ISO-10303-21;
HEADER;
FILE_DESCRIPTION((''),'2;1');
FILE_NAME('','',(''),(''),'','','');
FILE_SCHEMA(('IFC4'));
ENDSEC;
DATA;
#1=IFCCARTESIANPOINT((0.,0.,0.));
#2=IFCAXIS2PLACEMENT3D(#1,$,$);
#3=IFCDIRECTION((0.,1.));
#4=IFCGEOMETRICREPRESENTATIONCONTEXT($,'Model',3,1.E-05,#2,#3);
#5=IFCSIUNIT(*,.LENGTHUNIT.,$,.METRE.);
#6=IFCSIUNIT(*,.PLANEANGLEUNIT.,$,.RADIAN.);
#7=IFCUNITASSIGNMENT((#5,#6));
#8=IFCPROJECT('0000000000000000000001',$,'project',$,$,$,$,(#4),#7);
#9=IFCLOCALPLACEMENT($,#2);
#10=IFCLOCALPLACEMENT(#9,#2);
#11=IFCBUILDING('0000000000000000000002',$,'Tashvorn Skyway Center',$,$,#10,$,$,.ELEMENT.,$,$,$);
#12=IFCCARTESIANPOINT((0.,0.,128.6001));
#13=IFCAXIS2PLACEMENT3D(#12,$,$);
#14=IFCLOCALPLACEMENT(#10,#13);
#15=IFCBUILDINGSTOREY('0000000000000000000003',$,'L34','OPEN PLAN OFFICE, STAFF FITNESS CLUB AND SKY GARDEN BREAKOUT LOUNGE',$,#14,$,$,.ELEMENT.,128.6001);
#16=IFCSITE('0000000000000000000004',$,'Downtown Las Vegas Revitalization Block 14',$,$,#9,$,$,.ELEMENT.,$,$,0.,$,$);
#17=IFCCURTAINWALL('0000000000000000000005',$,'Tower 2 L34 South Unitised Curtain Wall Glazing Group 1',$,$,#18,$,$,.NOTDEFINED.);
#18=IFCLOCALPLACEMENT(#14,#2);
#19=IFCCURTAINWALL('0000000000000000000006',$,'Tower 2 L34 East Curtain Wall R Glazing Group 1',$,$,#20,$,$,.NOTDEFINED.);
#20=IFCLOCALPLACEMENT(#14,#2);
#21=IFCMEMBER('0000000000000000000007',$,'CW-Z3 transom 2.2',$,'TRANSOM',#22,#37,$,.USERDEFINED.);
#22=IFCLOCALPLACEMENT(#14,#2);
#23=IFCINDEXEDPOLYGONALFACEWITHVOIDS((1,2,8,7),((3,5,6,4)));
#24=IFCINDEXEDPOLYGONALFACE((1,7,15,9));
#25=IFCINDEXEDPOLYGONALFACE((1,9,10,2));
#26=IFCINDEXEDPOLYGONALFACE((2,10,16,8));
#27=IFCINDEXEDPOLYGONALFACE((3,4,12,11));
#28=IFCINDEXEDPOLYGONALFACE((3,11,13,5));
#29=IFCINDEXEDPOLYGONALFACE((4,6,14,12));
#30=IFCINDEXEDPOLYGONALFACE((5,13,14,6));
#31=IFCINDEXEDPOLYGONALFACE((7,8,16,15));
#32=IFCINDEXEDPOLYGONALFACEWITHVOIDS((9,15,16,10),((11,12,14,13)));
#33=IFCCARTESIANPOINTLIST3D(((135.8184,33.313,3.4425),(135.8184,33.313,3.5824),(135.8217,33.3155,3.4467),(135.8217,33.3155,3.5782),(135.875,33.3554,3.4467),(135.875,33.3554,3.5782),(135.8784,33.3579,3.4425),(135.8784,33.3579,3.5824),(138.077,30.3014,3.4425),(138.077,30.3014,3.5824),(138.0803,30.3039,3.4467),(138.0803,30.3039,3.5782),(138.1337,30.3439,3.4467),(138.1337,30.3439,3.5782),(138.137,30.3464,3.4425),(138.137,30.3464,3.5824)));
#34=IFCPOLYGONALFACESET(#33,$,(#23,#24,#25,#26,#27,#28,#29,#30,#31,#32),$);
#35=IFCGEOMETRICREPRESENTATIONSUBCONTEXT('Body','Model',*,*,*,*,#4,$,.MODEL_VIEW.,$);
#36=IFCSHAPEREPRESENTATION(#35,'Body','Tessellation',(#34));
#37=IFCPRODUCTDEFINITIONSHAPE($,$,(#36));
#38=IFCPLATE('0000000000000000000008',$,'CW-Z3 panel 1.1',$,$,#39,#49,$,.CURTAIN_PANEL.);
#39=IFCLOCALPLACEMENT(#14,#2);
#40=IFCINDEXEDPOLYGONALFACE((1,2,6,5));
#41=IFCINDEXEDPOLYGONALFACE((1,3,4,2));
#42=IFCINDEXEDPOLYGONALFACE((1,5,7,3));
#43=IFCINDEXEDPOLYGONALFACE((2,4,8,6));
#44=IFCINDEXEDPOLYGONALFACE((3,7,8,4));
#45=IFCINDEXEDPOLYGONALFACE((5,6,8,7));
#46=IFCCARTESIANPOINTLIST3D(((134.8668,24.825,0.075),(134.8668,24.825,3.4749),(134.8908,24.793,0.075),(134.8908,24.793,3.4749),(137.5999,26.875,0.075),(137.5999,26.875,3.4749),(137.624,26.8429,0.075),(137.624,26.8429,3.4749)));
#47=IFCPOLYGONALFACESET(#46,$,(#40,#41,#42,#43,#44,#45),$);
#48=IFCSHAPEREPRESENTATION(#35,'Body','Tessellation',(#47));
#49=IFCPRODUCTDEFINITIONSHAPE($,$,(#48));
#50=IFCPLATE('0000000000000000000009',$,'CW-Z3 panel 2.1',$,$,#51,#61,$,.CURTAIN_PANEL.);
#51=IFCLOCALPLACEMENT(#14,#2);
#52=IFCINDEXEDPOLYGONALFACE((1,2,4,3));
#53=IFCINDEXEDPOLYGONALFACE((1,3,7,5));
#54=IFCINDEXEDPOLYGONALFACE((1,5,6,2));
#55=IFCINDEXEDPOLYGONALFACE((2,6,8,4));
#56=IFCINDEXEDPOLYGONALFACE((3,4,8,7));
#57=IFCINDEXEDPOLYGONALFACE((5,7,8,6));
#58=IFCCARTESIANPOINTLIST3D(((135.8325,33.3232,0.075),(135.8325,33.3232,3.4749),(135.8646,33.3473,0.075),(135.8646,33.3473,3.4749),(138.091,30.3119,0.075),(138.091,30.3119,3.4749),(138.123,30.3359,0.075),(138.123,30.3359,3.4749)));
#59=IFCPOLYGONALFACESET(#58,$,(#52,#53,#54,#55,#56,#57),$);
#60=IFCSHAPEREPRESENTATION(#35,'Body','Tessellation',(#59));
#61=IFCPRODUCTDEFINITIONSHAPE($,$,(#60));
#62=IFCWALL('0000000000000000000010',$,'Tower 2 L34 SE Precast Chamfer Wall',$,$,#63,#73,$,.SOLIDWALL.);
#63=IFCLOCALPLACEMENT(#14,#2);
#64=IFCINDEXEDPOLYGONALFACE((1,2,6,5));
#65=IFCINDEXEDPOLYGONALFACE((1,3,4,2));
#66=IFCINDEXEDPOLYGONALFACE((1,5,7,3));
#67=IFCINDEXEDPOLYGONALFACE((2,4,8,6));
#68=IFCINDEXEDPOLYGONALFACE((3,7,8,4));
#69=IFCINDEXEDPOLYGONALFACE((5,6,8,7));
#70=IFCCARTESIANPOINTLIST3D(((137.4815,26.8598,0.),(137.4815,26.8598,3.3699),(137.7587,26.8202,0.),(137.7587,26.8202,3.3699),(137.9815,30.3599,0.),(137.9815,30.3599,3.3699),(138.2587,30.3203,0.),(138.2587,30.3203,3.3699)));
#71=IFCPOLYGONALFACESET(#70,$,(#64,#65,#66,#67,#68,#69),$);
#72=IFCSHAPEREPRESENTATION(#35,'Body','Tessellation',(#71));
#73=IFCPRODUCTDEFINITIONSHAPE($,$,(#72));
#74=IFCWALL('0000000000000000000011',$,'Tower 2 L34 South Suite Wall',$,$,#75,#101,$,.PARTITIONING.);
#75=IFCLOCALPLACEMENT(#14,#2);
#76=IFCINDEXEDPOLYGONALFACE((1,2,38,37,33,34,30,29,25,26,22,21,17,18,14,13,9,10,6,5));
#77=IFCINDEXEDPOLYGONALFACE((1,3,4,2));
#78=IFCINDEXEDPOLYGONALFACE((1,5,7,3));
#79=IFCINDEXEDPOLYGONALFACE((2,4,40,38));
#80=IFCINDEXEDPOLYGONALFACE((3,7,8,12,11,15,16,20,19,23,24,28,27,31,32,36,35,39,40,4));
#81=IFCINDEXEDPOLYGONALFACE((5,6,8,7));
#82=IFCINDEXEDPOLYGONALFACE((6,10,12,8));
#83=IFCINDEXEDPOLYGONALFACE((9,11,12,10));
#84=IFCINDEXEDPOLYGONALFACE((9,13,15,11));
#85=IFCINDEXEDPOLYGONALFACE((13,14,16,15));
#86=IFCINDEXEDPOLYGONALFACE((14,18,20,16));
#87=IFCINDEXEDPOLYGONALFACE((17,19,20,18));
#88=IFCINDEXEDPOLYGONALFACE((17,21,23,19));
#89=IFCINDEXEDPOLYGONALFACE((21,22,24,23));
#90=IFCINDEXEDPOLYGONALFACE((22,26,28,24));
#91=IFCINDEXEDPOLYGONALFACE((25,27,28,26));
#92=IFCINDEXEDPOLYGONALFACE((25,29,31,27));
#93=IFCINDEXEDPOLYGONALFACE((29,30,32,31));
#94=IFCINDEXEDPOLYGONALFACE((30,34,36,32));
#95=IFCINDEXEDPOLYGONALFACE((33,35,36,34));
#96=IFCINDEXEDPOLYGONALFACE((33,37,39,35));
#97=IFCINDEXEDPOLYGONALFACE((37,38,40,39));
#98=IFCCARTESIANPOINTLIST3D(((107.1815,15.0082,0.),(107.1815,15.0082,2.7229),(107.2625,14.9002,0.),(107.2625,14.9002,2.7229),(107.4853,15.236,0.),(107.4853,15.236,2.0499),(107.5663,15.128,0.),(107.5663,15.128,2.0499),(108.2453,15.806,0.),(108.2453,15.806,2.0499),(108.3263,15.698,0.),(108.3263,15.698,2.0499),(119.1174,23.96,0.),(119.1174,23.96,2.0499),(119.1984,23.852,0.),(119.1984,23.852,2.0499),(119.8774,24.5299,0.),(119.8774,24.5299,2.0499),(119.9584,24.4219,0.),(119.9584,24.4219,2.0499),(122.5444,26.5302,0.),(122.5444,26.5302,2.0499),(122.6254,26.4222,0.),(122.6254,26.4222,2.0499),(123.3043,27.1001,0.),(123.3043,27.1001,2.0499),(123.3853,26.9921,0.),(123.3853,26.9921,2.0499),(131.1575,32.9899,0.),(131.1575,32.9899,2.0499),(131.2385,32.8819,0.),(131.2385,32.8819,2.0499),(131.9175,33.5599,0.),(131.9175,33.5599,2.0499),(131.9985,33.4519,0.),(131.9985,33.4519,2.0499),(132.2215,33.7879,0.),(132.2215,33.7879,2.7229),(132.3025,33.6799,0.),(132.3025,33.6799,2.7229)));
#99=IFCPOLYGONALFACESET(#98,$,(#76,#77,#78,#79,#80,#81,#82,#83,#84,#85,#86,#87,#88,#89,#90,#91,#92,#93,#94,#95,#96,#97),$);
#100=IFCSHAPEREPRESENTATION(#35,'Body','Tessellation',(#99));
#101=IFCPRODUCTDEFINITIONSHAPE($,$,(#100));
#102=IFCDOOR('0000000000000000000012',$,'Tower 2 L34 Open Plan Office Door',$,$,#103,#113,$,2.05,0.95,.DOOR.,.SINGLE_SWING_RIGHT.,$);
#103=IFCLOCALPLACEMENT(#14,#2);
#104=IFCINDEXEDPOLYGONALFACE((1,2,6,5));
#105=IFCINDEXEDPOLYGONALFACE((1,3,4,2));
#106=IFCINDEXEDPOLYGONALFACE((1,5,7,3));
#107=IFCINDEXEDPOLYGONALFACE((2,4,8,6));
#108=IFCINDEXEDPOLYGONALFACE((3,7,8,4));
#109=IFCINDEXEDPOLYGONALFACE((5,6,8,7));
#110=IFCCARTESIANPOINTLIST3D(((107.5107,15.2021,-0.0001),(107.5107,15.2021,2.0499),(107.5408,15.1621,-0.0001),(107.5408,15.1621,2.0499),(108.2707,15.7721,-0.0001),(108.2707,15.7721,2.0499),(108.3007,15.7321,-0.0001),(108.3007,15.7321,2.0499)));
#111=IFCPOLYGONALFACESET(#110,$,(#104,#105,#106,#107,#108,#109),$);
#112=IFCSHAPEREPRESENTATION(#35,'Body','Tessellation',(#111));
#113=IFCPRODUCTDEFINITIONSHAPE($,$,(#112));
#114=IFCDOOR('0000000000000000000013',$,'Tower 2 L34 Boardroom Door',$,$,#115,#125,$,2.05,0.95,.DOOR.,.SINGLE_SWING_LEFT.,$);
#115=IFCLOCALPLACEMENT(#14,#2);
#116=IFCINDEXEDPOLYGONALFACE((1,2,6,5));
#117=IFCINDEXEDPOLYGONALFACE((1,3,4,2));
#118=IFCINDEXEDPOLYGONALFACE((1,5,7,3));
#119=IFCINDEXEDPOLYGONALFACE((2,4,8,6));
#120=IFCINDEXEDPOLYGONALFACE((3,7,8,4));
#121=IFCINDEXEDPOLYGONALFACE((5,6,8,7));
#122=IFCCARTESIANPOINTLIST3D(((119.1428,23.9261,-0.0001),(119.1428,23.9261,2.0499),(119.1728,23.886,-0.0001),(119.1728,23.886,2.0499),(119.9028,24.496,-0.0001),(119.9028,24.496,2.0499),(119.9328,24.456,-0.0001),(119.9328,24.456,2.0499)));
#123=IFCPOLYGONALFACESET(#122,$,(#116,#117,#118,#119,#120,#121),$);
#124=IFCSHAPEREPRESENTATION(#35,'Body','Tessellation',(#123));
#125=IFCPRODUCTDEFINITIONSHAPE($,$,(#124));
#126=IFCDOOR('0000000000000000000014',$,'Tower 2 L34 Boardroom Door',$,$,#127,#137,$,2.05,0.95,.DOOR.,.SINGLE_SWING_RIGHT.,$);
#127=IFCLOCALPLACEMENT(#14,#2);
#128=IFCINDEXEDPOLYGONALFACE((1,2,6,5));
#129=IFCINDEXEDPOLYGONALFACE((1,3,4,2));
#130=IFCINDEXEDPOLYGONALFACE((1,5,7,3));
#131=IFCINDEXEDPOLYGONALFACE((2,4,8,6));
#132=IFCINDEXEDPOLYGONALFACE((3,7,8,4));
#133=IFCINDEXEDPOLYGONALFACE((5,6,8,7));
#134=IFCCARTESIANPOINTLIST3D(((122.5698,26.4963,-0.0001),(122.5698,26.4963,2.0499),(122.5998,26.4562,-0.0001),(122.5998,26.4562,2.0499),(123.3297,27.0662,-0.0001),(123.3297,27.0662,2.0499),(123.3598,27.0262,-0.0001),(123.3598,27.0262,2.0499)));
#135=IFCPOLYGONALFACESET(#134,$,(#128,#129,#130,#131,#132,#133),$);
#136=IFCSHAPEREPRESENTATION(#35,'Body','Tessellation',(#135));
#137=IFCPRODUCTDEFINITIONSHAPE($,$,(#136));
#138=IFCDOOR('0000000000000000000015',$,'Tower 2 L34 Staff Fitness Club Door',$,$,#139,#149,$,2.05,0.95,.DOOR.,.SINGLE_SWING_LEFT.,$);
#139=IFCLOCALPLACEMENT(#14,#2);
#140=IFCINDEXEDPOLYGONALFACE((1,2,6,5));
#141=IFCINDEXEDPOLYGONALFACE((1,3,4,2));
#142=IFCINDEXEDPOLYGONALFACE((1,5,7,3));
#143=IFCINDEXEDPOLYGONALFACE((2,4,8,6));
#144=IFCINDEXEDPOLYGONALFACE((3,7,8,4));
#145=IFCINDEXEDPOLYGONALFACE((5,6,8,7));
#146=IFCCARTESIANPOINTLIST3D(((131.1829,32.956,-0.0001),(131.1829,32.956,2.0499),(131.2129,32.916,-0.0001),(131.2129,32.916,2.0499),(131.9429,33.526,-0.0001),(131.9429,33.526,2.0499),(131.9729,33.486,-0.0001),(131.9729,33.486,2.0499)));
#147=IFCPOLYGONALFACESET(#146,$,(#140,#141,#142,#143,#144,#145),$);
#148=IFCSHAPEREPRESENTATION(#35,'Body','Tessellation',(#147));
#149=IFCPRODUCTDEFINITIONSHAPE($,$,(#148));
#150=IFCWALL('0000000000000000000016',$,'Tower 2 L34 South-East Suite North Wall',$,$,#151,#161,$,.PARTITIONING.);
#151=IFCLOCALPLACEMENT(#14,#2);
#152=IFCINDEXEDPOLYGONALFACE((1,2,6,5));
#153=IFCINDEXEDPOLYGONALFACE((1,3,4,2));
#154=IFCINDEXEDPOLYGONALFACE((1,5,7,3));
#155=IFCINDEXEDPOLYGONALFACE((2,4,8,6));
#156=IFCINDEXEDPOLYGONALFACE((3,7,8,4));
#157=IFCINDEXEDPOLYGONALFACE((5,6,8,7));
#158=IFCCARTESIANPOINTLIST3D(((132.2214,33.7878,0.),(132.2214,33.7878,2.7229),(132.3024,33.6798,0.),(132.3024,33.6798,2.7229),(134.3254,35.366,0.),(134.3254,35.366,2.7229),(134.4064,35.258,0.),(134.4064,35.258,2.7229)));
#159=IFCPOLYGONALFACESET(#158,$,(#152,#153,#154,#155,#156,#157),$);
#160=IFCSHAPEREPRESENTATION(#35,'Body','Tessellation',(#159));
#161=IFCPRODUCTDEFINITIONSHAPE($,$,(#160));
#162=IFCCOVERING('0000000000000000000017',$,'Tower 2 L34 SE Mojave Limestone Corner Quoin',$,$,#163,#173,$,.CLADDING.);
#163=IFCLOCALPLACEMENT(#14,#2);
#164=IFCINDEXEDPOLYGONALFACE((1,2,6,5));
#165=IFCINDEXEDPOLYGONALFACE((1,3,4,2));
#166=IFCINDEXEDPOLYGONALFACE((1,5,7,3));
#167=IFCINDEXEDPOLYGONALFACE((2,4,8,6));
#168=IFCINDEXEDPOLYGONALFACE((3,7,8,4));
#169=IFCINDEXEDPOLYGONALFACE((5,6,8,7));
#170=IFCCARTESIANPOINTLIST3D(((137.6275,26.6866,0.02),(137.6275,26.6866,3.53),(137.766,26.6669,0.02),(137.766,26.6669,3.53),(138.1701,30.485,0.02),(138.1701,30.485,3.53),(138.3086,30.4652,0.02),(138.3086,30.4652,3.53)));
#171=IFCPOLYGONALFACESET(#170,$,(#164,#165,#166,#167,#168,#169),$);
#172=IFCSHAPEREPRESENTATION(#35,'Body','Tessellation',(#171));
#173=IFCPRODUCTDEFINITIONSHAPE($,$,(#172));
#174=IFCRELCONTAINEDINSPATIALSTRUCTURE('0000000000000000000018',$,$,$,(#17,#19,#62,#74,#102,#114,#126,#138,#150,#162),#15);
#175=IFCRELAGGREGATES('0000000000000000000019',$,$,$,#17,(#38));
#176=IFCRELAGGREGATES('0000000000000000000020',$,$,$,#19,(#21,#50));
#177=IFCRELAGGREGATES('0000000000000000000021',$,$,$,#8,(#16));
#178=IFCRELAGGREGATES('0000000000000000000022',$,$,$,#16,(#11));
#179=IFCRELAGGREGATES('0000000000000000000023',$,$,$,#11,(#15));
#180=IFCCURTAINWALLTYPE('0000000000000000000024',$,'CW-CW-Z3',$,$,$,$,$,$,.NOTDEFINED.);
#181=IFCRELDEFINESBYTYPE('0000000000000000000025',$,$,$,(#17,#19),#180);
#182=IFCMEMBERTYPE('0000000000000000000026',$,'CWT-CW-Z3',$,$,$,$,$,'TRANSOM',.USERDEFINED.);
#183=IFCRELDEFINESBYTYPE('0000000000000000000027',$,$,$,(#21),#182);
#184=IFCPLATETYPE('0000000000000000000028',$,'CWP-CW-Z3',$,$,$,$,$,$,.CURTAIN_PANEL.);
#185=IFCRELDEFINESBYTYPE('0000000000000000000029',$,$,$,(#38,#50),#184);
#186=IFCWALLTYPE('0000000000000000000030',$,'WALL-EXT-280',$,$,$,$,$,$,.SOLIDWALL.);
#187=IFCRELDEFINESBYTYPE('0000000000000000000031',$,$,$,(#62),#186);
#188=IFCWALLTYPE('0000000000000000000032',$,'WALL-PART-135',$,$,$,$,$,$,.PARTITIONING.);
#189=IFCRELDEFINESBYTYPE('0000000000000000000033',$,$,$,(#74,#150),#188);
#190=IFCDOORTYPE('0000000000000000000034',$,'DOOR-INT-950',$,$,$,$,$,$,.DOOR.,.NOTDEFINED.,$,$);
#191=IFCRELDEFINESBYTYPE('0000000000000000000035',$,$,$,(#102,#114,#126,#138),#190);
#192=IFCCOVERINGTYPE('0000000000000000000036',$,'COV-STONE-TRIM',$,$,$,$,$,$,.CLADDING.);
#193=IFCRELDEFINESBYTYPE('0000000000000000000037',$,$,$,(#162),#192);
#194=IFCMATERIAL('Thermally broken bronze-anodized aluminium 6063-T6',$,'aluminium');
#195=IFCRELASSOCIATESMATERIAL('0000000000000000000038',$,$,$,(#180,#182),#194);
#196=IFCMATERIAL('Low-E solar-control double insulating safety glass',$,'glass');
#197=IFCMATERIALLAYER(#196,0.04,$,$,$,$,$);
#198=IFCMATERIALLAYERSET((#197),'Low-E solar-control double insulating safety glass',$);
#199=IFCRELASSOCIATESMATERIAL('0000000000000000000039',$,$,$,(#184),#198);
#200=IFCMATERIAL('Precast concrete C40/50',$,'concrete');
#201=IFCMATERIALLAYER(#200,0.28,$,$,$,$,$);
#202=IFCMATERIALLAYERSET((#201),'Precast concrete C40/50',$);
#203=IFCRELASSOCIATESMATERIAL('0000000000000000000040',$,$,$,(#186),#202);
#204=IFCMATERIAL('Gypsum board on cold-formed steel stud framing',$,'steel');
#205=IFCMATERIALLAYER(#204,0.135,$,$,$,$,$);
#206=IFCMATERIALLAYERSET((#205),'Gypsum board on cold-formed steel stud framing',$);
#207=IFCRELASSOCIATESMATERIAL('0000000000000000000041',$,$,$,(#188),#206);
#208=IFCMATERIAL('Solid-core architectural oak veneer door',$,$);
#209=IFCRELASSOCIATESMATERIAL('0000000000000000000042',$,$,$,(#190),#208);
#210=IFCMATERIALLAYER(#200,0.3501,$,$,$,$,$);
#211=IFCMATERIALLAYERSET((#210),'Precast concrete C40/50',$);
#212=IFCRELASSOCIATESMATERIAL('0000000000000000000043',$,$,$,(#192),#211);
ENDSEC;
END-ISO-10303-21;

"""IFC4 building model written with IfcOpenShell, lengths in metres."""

from ifc_helpers import new_model, si_unit, direction, frame, frame_2d, origin, origin_2d, place, context, subcontext, project, spatial, rectangle, hollow_rectangle, extrude, material, layer, layer_set, material_profile, profile_set, type_object, element, fill, aggregate, save


model = new_model("IFC4")

# Units and contexts
model_context = context("Model", 3, precision=1e-05, world=origin(), true_north=direction((0.0, 1.0)))
body_context = subcontext(model_context, "Body", "Model", "MODEL_VIEW")
ifc_project = project(units=[si_unit("LENGTHUNIT", "METRE"), si_unit("PLANEANGLEUNIT", "RADIAN")], contexts=[model_context])

# Site, building, storey
site_placement = place(None, origin())
site = spatial("IfcSite", under=ifc_project, at=site_placement, Name="Downtown Las Vegas Revitalization Block 14", CompositionType="ELEMENT", RefElevation=0.0)
building_placement = place(site_placement, origin())
building = spatial("IfcBuilding", under=site, at=building_placement, Name="Tashvorn Skyway Center", CompositionType="ELEMENT")
storey_placement = place(building_placement, frame((0.0, 0.0, 128.6001)))
storey = spatial("IfcBuildingStorey", under=building, at=storey_placement, Name="L34", Description="OPEN PLAN OFFICE, STAFF FITNESS CLUB AND SKY GARDEN BREAKOUT LOUNGE", CompositionType="ELEMENT", Elevation=128.6001)

# Curtain wall
ifc_material_1 = material(Name="Thermally broken bronze-anodized aluminium 6063-T6", Category="aluminium")
curtain_wall_type = type_object("IfcCurtainWallType", Name="CW-CW-Z3", PredefinedType="NOTDEFINED", material=ifc_material_1)
curtain_wall_1_placement = place(storey_placement, origin())
curtain_wall_1 = element("IfcCurtainWall", 1, at=curtain_wall_1_placement, inside=storey, type_object=curtain_wall_type, Name="Tower 2 L34 South Unitised Curtain Wall Glazing Group 1", PredefinedType="NOTDEFINED")

# Curtain wall
curtain_wall_2_placement = place(storey_placement, origin())
curtain_wall_2 = element("IfcCurtainWall", 2, at=curtain_wall_2_placement, inside=storey, type_object=curtain_wall_type, Name="Tower 2 L34 East Curtain Wall R Glazing Group 1", PredefinedType="NOTDEFINED")

# Member
ifc_material_profile_1 = material_profile(ifc_material_1, hollow_rectangle(XDim=0.075, YDim=0.1399, WallThickness=0.0042, at=origin_2d()), Name="ALU-TRAN-75x140")
ifc_profile_set_1 = profile_set([ifc_material_profile_1], Name="Thermally broken bronze-anodized aluminium 6063-T6")
member_type_1 = type_object("IfcMemberType", Name="CWT-CW-Z3", ElementType="TRANSOM", PredefinedType="USERDEFINED", material=ifc_profile_set_1)
member_1_placement = place(storey_placement, frame((135.8484, 33.3354, 3.5125), z_axis=(0.59999, -0.800008, 0.0), x_axis=(0.800008, 0.59999, 0.0)))
member_1 = element("IfcMember", 3, at=member_1_placement, type_object=member_type_1, Name="CW-Z3 transom 2.2", ObjectType="TRANSOM", PredefinedType="USERDEFINED", context=body_context, shape_type="SweptSolid", body=[
    extrude(hollow_rectangle(XDim=0.075, YDim=0.1399, WallThickness=0.0042, at=origin_2d()), origin(), (0.0, 0.0, 1.0), 3.7644),
])

# Plates
ifc_material_2 = material(Name="Low-E solar-control double insulating safety glass", Category="glass")
ifc_layer_1 = layer(ifc_material_2, 0.04)
ifc_layer_set_1 = layer_set([ifc_layer_1], Name="Low-E solar-control double insulating safety glass")
plate_type = type_object("IfcPlateType", Name="CWP-CW-Z3", PredefinedType="CURTAIN_PANEL", material=ifc_layer_set_1)
plate_1_placement = place(storey_placement, frame((136.2454, 25.834, 0.075), z_axis=(0.0, 0.0, 1.0), x_axis=(-0.799997, -0.600005, 0.0)))
plate_1 = element("IfcPlate", 4, at=plate_1_placement, type_object=plate_type, Name="CW-Z3 panel 1.1", PredefinedType="CURTAIN_PANEL", context=body_context, shape_type="SweptSolid", body=[
    extrude(rectangle(XDim=3.4165, YDim=0.04, at=origin_2d()), origin(), (0.0, 0.0, 1.0), 3.3999),
])
aggregate(curtain_wall_1, [plate_1])
plate_2_placement = place(storey_placement, frame((136.9778, 31.8296, 0.075), z_axis=(0.0, 0.0, 1.0), x_axis=(0.599998, -0.800002, 0.0)))
plate_2 = element("IfcPlate", 5, at=plate_2_placement, type_object=plate_type, Name="CW-Z3 panel 2.1", PredefinedType="CURTAIN_PANEL", context=body_context, shape_type="SweptSolid", body=[
    extrude(rectangle(XDim=3.7642, YDim=0.04, at=origin_2d()), origin(), (0.0, 0.0, 1.0), 3.3999),
])
aggregate(curtain_wall_2, [member_1, plate_2])

# Wall
ifc_material_3 = material(Name="Precast concrete C40/50", Category="concrete")
ifc_layer_2 = layer(ifc_material_3, 0.28)
ifc_layer_set_2 = layer_set([ifc_layer_2], Name="Precast concrete C40/50")
wall_type_1 = type_object("IfcWallType", Name="WALL-EXT-280", PredefinedType="SOLIDWALL", material=ifc_layer_set_2)
wall_1_placement = place(storey_placement, frame((138.1201, 30.3401, 0.0), z_axis=(0.0, 0.0, 1.0), x_axis=(-0.141421, -0.989949, 0.0)))
element("IfcWall", 6, at=wall_1_placement, inside=storey, type_object=wall_type_1, Name="Tower 2 L34 SE Precast Chamfer Wall", PredefinedType="SOLIDWALL", context=body_context, shape_type="SweptSolid", body=[
    extrude(rectangle(XDim=3.5356, YDim=0.28, at=frame_2d((1.7678, 0.0))), origin(), (0.0, 0.0, 1.0), 3.3699),
])

# Wall, openings, doors
ifc_material_4 = material(Name="Gypsum board on cold-formed steel stud framing", Category="steel")
ifc_layer_3 = layer(ifc_material_4, 0.135)
ifc_layer_set_3 = layer_set([ifc_layer_3], Name="Gypsum board on cold-formed steel stud framing")
wall_type_2 = type_object("IfcWallType", Name="WALL-PART-135", PredefinedType="PARTITIONING", material=ifc_layer_set_3)
wall_2_placement = place(storey_placement, frame((132.262, 33.7339, 0.0), z_axis=(0.0, 0.0, 1.0), x_axis=(-0.800004, -0.599995, 0.0)))
wall_2 = element("IfcWall", 7, at=wall_2_placement, inside=storey, type_object=wall_type_2, Name="Tower 2 L34 South Suite Wall", PredefinedType="PARTITIONING", context=body_context, shape_type="SweptSolid", body=[
    extrude(rectangle(XDim=31.2998, YDim=0.135, at=frame_2d((15.6499, 0.0))), origin(), (0.0, 0.0, 1.0), 2.7229),
])
opening_1_placement = place(wall_2_placement, frame((29.97, 0.0, 0.0)))
opening_1 = element("IfcOpeningElement", 8, at=opening_1_placement, cuts=wall_2, PredefinedType="OPENING", context=body_context, shape_type="SweptSolid", body=[
    extrude(rectangle(XDim=0.95, YDim=2.05, at=frame_2d((0.4751, 1.0249))), frame((0.0, 0.0774, 0.0), z_axis=(0.0, -1.0, 0.0), x_axis=(1.0, 0.0, 0.0)), (0.0, 0.0, 1.0), 0.155),
])
opening_2_placement = place(wall_2_placement, frame((15.4299, 0.0, 0.0)))
opening_2 = element("IfcOpeningElement", 9, at=opening_2_placement, cuts=wall_2, PredefinedType="OPENING", context=body_context, shape_type="SweptSolid", body=[
    extrude(rectangle(XDim=0.95, YDim=2.05, at=frame_2d((0.4751, 1.0249))), frame((0.0, 0.0774, 0.0), z_axis=(0.0, -1.0, 0.0), x_axis=(1.0, 0.0, 0.0)), (0.0, 0.0, 1.0), 0.155),
])
opening_3_placement = place(wall_2_placement, frame((11.1462, 0.0, 0.0)))
opening_3 = element("IfcOpeningElement", 10, at=opening_3_placement, cuts=wall_2, PredefinedType="OPENING", context=body_context, shape_type="SweptSolid", body=[
    extrude(rectangle(XDim=0.95, YDim=2.05, at=frame_2d((0.4751, 1.0249))), frame((0.0, 0.0774, 0.0), z_axis=(0.0, -1.0, 0.0), x_axis=(1.0, 0.0, 0.0)), (0.0, 0.0, 1.0), 0.155),
])
opening_4_placement = place(wall_2_placement, frame((0.3799, 0.0, 0.0)))
opening_4 = element("IfcOpeningElement", 11, at=opening_4_placement, cuts=wall_2, PredefinedType="OPENING", context=body_context, shape_type="SweptSolid", body=[
    extrude(rectangle(XDim=0.95, YDim=2.05, at=frame_2d((0.4751, 1.0249))), frame((0.0, 0.0774, 0.0), z_axis=(0.0, -1.0, 0.0), x_axis=(1.0, 0.0, 0.0)), (0.0, 0.0, 1.0), 0.155),
])
ifc_material_5 = material(Name="Solid-core architectural oak veneer door")
door_type = type_object("IfcDoorType", Name="DOOR-INT-950", OperationType="NOTDEFINED", PredefinedType="DOOR", material=ifc_material_5)
door_1_placement = place(opening_1_placement, origin())
door_1 = element("IfcDoor", 12, at=door_1_placement, inside=storey, type_object=door_type, Name="Tower 2 L34 Open Plan Office Door", OperationType="SINGLE_SWING_RIGHT", OverallHeight=2.05, OverallWidth=0.95, PredefinedType="DOOR", context=body_context, shape_type="SweptSolid", body=[
    extrude(rectangle(XDim=0.95, YDim=2.05, at=frame_2d((0.4751, 1.0249))), frame((0.0, 0.0249, 0.0), z_axis=(0.0, -1.0, 0.0), x_axis=(1.0, 0.0, 0.0)), (0.0, 0.0, 1.0), 0.05),
])
fill(opening_1, door_1)
door_2_placement = place(opening_2_placement, origin())
door_2 = element("IfcDoor", 13, at=door_2_placement, inside=storey, type_object=door_type, Name="Tower 2 L34 Boardroom Door", OperationType="SINGLE_SWING_LEFT", OverallHeight=2.05, OverallWidth=0.95, PredefinedType="DOOR", context=body_context, shape_type="SweptSolid", body=[
    extrude(rectangle(XDim=0.95, YDim=2.05, at=frame_2d((0.4751, 1.0249))), frame((0.0, 0.0249, 0.0), z_axis=(0.0, -1.0, 0.0), x_axis=(1.0, 0.0, 0.0)), (0.0, 0.0, 1.0), 0.05),
])
fill(opening_2, door_2)
door_3_placement = place(opening_3_placement, origin())
door_3 = element("IfcDoor", 14, at=door_3_placement, inside=storey, type_object=door_type, Name="Tower 2 L34 Boardroom Door", OperationType="SINGLE_SWING_RIGHT", OverallHeight=2.05, OverallWidth=0.95, PredefinedType="DOOR", context=body_context, shape_type="SweptSolid", body=[
    extrude(rectangle(XDim=0.95, YDim=2.05, at=frame_2d((0.4751, 1.0249))), frame((0.0, 0.0249, 0.0), z_axis=(0.0, -1.0, 0.0), x_axis=(1.0, 0.0, 0.0)), (0.0, 0.0, 1.0), 0.05),
])
fill(opening_3, door_3)
door_4_placement = place(opening_4_placement, origin())
door_4 = element("IfcDoor", 15, at=door_4_placement, inside=storey, type_object=door_type, Name="Tower 2 L34 Staff Fitness Club Door", OperationType="SINGLE_SWING_LEFT", OverallHeight=2.05, OverallWidth=0.95, PredefinedType="DOOR", context=body_context, shape_type="SweptSolid", body=[
    extrude(rectangle(XDim=0.95, YDim=2.05, at=frame_2d((0.4751, 1.0249))), frame((0.0, 0.0249, 0.0), z_axis=(0.0, -1.0, 0.0), x_axis=(1.0, 0.0, 0.0)), (0.0, 0.0, 1.0), 0.05),
])
fill(opening_4, door_4)

# Wall
wall_3_placement = place(storey_placement, frame((132.262, 33.7339, 0.0), z_axis=(0.0, 0.0, 1.0), x_axis=(0.799978, 0.60003, 0.0)))
element("IfcWall", 16, at=wall_3_placement, inside=storey, type_object=wall_type_2, Name="Tower 2 L34 South-East Suite North Wall", PredefinedType="PARTITIONING", context=body_context, shape_type="SweptSolid", body=[
    extrude(rectangle(XDim=2.6301, YDim=0.135, at=frame_2d((1.3149, 0.0))), origin(), (0.0, 0.0, 1.0), 2.7229),
])

# Covering
ifc_layer_4 = layer(ifc_material_3, 0.3501)
ifc_layer_set_4 = layer_set([ifc_layer_4], Name="Precast concrete C40/50")
covering_type = type_object("IfcCoveringType", Name="COV-STONE-TRIM", PredefinedType="CLADDING", material=ifc_layer_set_4)
covering_placement = place(storey_placement, frame((137.968, 28.5759, 0.02), z_axis=(0.0, 0.0, 1.0), x_axis=(0.141421, 0.989949, 0.0)))
element("IfcCovering", 17, at=covering_placement, inside=storey, type_object=covering_type, Name="Tower 2 L34 SE Mojave Limestone Corner Quoin", PredefinedType="CLADDING", context=body_context, shape_type="SweptSolid", body=[
    extrude(rectangle(XDim=3.8369, YDim=0.1399, at=origin_2d()), origin(), (0.0, 0.0, 1.0), 3.51),
])

save(model, "model.ifc")
